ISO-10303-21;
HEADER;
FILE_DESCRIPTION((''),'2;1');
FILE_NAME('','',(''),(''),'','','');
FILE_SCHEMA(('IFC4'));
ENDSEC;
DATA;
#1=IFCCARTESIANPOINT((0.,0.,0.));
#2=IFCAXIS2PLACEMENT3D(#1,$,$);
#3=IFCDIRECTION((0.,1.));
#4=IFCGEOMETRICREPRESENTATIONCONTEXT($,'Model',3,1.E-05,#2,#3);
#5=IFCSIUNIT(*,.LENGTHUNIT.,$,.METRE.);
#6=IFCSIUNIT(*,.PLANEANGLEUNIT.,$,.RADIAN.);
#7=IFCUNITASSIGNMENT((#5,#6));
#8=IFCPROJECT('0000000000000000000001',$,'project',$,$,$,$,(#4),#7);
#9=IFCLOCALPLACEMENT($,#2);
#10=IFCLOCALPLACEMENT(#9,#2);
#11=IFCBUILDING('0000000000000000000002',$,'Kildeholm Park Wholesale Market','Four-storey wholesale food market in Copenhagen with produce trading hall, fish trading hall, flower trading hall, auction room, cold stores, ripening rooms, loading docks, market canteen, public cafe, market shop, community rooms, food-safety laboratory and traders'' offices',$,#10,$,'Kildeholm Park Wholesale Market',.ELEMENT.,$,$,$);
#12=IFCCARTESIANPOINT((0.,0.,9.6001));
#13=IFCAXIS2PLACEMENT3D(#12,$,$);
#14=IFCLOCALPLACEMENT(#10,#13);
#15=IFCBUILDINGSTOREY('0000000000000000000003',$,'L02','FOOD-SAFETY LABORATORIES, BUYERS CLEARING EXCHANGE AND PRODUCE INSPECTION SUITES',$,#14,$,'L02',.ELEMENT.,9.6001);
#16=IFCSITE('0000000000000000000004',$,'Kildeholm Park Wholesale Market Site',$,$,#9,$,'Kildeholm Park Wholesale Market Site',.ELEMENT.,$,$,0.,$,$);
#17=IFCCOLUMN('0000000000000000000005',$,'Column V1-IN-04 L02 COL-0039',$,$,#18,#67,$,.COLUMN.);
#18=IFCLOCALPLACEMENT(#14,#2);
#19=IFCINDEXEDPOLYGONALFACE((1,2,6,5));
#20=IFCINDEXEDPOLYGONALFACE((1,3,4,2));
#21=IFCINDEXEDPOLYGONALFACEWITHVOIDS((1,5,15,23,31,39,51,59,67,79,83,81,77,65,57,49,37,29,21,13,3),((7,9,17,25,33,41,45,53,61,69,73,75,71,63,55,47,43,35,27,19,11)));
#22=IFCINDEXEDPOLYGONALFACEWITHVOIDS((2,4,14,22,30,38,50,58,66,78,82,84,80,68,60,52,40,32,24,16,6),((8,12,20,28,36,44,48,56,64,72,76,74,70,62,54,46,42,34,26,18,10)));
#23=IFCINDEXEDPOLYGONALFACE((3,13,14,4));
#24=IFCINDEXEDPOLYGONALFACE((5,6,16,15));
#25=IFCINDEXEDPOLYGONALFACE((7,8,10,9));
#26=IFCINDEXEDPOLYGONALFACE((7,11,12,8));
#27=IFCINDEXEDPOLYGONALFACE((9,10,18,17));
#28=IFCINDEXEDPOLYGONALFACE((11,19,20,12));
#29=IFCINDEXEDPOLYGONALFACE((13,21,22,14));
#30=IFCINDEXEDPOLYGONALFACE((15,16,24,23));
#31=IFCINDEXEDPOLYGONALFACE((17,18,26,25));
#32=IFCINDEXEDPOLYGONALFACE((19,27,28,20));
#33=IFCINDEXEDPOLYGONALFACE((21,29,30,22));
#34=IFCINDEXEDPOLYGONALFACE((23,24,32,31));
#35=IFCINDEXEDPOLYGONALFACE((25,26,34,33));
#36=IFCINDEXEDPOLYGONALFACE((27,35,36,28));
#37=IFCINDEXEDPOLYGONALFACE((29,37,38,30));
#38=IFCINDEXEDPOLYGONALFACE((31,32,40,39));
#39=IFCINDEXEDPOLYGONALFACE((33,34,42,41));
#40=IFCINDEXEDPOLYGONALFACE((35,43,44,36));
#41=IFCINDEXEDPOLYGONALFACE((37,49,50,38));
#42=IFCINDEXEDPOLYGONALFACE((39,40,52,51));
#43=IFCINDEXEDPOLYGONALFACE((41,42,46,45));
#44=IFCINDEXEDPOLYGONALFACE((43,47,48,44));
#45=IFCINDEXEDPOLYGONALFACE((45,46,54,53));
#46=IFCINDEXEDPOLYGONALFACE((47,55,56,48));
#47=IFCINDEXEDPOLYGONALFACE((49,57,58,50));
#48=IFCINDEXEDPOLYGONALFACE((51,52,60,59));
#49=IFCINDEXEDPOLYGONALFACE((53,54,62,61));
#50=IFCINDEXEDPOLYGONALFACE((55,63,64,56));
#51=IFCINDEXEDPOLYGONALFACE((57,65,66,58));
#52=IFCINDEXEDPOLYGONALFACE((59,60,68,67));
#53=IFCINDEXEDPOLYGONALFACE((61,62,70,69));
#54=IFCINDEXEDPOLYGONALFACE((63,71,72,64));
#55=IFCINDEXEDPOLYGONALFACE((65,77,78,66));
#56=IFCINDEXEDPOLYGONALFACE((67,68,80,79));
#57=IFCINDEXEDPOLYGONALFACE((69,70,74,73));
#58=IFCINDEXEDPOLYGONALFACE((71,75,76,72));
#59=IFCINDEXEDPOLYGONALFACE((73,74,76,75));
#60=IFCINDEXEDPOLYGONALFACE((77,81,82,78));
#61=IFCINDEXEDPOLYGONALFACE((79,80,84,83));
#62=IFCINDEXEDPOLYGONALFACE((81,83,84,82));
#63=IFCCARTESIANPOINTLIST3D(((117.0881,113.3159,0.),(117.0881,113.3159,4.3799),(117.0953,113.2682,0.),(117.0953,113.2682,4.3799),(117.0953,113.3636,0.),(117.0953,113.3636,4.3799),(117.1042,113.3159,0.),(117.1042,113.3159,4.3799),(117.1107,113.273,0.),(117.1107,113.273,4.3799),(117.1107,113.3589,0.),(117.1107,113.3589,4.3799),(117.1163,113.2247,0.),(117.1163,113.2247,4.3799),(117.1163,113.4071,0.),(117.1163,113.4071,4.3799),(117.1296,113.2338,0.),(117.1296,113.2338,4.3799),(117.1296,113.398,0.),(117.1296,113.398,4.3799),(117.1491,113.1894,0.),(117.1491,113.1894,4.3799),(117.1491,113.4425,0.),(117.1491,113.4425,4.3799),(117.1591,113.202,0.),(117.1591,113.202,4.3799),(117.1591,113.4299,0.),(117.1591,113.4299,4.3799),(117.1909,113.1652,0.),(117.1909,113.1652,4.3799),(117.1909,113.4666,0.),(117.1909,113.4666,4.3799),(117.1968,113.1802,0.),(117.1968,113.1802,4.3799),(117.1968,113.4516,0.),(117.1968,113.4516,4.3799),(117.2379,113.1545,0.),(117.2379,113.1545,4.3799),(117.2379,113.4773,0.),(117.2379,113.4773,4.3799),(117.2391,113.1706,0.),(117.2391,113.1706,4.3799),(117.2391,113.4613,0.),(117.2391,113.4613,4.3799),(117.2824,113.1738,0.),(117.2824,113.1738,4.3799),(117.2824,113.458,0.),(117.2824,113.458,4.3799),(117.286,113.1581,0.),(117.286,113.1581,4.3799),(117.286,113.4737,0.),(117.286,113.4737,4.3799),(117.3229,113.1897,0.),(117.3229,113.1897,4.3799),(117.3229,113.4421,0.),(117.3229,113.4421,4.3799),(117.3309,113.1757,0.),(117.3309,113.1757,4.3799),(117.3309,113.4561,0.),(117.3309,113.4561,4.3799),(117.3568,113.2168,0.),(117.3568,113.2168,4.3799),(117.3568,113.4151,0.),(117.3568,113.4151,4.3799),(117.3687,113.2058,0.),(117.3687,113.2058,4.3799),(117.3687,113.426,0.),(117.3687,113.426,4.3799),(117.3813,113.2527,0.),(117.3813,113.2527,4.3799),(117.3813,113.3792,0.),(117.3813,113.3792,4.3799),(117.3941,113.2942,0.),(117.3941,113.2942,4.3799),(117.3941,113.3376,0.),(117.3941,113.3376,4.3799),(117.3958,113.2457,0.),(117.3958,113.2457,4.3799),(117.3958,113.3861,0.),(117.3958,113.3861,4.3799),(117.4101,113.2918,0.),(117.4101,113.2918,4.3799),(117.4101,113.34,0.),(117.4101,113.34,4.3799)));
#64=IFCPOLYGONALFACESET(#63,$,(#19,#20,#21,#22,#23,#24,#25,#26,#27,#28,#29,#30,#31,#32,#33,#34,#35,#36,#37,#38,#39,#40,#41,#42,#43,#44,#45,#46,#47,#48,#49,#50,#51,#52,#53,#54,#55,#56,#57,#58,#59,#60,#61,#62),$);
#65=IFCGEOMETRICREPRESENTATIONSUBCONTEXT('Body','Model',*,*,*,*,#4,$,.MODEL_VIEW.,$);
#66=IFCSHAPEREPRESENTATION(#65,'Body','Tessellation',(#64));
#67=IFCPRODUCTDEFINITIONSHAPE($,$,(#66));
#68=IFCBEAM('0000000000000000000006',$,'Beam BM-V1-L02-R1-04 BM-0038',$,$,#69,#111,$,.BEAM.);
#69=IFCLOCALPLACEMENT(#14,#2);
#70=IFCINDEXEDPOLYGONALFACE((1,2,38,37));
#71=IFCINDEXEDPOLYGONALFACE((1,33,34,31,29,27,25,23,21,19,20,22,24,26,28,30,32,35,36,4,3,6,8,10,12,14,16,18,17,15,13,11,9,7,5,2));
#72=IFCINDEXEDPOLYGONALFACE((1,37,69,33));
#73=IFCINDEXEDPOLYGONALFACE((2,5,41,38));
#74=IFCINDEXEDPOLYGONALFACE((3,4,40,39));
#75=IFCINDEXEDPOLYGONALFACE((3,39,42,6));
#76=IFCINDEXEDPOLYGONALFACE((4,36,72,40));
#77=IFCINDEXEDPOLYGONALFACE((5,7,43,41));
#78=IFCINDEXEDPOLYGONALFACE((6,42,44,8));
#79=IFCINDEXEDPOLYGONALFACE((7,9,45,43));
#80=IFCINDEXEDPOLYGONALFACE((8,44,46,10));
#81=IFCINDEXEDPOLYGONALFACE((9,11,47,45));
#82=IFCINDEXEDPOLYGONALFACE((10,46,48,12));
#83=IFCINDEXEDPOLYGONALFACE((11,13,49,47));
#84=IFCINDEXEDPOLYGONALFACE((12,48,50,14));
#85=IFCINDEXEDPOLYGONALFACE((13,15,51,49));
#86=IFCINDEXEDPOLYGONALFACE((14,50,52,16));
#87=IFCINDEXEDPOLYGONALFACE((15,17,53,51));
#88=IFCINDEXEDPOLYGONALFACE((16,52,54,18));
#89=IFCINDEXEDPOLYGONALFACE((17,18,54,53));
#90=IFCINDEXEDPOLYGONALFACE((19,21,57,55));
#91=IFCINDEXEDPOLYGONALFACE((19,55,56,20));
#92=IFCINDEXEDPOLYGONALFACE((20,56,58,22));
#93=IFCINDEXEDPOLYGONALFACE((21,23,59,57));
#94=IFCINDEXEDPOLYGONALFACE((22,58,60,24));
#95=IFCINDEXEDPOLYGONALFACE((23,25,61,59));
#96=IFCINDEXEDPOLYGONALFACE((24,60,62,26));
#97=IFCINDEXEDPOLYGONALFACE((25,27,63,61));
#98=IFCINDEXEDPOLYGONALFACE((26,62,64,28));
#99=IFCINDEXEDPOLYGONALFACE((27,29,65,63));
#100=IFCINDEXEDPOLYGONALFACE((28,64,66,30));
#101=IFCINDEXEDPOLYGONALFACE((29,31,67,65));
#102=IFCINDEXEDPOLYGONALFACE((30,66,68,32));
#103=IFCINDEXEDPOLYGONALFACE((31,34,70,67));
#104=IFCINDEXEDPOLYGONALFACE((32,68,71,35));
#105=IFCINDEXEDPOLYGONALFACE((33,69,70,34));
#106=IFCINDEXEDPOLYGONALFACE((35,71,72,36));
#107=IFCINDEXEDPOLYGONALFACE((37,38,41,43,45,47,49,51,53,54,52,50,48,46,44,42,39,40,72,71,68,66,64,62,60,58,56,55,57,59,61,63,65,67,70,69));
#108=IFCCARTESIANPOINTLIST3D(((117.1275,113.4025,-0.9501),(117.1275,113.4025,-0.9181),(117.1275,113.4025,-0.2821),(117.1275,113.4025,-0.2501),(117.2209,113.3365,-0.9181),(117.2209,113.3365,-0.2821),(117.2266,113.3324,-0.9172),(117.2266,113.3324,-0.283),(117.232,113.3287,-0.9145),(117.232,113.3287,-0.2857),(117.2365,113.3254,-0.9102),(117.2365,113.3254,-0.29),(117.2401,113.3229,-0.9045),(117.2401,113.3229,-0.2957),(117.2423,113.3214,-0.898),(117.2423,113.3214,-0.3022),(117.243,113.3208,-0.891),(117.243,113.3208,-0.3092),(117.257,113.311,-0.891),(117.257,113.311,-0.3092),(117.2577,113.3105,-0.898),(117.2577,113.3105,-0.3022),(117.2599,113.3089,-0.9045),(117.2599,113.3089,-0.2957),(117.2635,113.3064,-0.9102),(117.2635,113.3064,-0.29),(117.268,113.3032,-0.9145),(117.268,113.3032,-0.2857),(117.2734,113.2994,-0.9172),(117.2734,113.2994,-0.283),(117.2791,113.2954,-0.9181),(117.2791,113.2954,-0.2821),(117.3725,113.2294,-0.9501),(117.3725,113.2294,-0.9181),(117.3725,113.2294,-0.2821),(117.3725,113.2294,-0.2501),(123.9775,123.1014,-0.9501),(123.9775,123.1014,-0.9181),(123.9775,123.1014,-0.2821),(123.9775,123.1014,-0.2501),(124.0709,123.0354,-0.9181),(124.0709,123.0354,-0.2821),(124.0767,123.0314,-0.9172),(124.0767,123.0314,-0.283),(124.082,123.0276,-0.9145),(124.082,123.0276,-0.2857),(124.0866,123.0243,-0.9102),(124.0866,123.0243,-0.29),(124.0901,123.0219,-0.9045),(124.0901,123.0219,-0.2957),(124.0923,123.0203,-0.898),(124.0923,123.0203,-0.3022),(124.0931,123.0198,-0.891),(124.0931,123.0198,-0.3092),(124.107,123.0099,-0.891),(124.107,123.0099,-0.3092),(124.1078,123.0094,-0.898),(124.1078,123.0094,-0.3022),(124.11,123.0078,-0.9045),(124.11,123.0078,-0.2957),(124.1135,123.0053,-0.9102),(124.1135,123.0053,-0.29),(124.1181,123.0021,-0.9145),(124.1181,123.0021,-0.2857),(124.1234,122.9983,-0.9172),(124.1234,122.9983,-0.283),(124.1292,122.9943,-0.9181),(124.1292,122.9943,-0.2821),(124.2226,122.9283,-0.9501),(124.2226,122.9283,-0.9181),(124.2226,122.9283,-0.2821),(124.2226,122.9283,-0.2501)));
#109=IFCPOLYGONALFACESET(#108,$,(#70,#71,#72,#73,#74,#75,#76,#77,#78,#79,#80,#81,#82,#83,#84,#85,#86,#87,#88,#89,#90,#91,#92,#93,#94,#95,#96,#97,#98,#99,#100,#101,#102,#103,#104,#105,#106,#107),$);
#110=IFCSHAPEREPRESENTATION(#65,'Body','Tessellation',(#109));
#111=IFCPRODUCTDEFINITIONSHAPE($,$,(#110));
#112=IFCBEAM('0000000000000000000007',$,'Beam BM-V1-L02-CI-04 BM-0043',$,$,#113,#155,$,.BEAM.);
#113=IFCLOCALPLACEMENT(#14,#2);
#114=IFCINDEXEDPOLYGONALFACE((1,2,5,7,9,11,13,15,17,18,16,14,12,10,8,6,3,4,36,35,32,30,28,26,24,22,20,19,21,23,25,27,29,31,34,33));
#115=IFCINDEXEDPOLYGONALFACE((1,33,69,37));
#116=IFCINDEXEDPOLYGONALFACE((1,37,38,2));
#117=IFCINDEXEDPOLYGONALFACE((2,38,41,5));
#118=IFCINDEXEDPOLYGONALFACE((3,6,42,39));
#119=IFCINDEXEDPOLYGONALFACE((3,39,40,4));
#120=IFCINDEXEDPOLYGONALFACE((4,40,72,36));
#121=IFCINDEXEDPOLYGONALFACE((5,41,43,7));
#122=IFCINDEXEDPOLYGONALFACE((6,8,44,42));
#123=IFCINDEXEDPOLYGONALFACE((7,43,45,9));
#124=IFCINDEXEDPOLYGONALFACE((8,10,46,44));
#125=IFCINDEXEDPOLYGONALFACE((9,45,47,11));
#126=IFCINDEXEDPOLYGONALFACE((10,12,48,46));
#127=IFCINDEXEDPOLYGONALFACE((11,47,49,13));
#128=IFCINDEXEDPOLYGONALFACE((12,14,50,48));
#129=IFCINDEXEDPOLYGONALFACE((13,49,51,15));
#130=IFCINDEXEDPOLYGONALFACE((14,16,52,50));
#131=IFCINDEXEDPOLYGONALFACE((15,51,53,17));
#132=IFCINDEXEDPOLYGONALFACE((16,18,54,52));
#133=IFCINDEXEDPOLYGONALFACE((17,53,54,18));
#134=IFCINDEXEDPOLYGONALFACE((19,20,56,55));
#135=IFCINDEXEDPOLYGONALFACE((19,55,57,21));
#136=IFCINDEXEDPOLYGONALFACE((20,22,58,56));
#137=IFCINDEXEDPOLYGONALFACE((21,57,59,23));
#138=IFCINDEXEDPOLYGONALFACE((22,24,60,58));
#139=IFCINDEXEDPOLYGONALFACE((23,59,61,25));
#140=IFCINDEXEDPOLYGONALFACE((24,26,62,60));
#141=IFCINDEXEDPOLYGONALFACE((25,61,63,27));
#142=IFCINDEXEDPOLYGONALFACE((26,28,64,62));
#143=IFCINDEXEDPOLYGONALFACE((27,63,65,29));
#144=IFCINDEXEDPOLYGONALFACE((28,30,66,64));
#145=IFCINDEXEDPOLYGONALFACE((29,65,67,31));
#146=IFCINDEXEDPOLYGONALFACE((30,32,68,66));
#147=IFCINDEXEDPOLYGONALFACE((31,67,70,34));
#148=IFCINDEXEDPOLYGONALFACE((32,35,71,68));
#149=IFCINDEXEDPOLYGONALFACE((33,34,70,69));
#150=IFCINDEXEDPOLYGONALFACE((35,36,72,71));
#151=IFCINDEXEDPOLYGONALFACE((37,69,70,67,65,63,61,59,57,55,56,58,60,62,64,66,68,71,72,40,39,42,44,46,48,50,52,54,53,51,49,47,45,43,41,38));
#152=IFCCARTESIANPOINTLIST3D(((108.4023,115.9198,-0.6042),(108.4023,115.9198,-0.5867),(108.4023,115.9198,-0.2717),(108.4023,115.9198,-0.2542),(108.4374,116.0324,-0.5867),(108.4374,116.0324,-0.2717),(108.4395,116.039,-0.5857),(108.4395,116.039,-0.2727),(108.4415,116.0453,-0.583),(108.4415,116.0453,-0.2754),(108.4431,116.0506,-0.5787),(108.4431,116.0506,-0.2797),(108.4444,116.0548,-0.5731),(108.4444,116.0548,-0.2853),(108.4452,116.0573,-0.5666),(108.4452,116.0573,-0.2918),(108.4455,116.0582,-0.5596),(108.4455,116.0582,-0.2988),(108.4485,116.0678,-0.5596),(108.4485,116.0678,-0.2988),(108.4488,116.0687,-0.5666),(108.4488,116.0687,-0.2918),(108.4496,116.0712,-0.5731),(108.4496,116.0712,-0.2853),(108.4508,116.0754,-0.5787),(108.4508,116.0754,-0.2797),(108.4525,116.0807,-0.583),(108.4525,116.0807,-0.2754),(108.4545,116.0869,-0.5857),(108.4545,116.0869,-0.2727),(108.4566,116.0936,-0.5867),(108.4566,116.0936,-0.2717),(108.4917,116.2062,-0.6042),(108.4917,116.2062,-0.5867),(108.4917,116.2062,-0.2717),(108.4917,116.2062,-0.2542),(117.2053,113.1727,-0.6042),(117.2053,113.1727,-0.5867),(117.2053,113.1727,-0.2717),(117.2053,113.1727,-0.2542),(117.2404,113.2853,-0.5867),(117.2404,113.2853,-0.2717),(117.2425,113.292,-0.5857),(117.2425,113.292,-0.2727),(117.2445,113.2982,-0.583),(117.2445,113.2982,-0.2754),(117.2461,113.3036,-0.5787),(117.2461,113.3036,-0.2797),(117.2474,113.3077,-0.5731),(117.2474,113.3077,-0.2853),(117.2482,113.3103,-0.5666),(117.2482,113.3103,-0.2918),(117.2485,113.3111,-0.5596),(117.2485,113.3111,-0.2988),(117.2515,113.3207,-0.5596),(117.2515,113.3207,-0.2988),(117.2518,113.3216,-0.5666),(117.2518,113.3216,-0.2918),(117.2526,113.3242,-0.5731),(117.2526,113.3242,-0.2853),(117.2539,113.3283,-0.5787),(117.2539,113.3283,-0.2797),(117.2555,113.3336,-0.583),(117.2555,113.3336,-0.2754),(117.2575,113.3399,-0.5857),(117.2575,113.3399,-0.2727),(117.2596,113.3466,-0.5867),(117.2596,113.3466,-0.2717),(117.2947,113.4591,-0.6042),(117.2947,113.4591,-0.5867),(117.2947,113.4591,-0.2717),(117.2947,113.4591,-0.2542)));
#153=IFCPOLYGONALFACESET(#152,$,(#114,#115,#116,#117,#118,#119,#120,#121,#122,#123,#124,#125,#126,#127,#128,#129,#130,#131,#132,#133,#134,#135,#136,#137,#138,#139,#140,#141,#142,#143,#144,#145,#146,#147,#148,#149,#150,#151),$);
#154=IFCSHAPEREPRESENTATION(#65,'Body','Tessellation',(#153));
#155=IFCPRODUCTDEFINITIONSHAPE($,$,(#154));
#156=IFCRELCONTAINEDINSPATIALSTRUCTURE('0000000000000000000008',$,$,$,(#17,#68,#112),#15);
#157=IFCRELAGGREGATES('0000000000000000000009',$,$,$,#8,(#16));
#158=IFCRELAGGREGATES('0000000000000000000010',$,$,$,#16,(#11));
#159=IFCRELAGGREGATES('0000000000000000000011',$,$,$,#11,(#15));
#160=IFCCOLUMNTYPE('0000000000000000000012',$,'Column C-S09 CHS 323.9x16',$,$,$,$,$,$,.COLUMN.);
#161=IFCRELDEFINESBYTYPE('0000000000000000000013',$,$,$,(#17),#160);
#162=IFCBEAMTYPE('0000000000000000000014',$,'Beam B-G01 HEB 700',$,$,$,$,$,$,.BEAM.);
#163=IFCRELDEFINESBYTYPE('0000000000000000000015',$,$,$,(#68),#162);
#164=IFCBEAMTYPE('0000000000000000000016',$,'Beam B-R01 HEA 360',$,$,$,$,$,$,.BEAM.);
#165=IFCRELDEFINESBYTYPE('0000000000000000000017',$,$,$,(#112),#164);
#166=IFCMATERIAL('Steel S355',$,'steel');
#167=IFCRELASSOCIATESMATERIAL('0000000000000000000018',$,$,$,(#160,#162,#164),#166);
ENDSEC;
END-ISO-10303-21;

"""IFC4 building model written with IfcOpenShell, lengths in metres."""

from ifc_helpers import new_model, si_unit, direction, frame, origin, origin_2d, place, context, subcontext, project, spatial, hollow_circle, i_section, extrude, material, material_profile, profile_set, type_object, element, save


model = new_model("IFC4")

# Units and contexts
model_context = context("Model", 3, precision=1e-05, world=origin(), true_north=direction((0.0, 1.0)))
body_context = subcontext(model_context, "Body", "Model", "MODEL_VIEW")
ifc_project = project(units=[si_unit("LENGTHUNIT", "METRE"), si_unit("PLANEANGLEUNIT", "RADIAN")], contexts=[model_context])

# Site, building, storey
site_placement = place(None, origin())
site = spatial("IfcSite", under=ifc_project, at=site_placement, Name="Kildeholm Park Wholesale Market Site", LongName="Kildeholm Park Wholesale Market Site", CompositionType="ELEMENT", RefElevation=0.0)
building_placement = place(site_placement, origin())
building = spatial("IfcBuilding", under=site, at=building_placement, Name="Kildeholm Park Wholesale Market", Description="Four-storey wholesale food market in Copenhagen with produce trading hall, fish trading hall, flower trading hall, auction room, cold stores, ripening rooms, loading docks, market canteen, public cafe, market shop, community rooms, food-safety laboratory and traders' offices", LongName="Kildeholm Park Wholesale Market", CompositionType="ELEMENT")
storey_placement = place(building_placement, frame((0.0, 0.0, 9.6001)))
storey = spatial("IfcBuildingStorey", under=building, at=storey_placement, Name="L02", Description="FOOD-SAFETY LABORATORIES, BUYERS CLEARING EXCHANGE AND PRODUCE INSPECTION SUITES", LongName="L02", CompositionType="ELEMENT", Elevation=9.6001)

# Column
ifc_material_1 = material(Name="Steel S355", Category="steel")
ifc_material_profile_1 = material_profile(ifc_material_1, hollow_circle(Radius=0.1619, WallThickness=0.0161, at=origin_2d()), Name="CHS 323.9x16")
ifc_profile_set_1 = profile_set([ifc_material_profile_1], Name="Steel S355")
column_type = type_object("IfcColumnType", Name="Column C-S09 CHS 323.9x16", PredefinedType="COLUMN", material=ifc_profile_set_1)
column_placement = place(storey_placement, frame((117.25, 113.3159, 0.0), z_axis=(0.0, 0.0, 1.0), x_axis=(0.5, 0.866025, 0.0)))
element("IfcColumn", 1, at=column_placement, inside=storey, type_object=column_type, Name="Column V1-IN-04 L02 COL-0039", PredefinedType="COLUMN", context=body_context, shape_type="SweptSolid", body=[
    extrude(hollow_circle(Radius=0.1619, WallThickness=0.0161, at=origin_2d()), origin(), (0.0, 0.0, 1.0), 4.3799),
])

# Beams
ifc_material_profile_2 = material_profile(ifc_material_1, i_section(OverallWidth=0.3, OverallDepth=0.7, WebThickness=0.0171, FlangeThickness=0.032, FilletRadius=0.0271, at=origin_2d()), Name="HEB 700")
ifc_profile_set_2 = profile_set([ifc_material_profile_2], Name="Steel S355")
beam_type_1 = type_object("IfcBeamType", Name="Beam B-G01 HEB 700", PredefinedType="BEAM", material=ifc_profile_set_2)
beam_1_placement = place(storey_placement, frame((117.25, 113.3159, -0.6001), z_axis=(0.576895, 0.816819, 0.0), x_axis=(-0.816819, 0.576895, 0.0)))
element("IfcBeam", 2, at=beam_1_placement, inside=storey, type_object=beam_type_1, Name="Beam BM-V1-L02-R1-04 BM-0038", PredefinedType="BEAM", context=body_context, shape_type="SweptSolid", body=[
    extrude(i_section(OverallWidth=0.3, OverallDepth=0.7, WebThickness=0.0171, FlangeThickness=0.032, FilletRadius=0.0271, at=origin_2d()), origin(), (0.0, 0.0, 1.0), 11.874),
])
ifc_material_profile_3 = material_profile(ifc_material_1, i_section(OverallWidth=0.3, OverallDepth=0.3501, WebThickness=0.01, FlangeThickness=0.0176, FilletRadius=0.0271, at=origin_2d()), Name="HEA 360")
ifc_profile_set_3 = profile_set([ifc_material_profile_3], Name="Steel S355")
beam_type_2 = type_object("IfcBeamType", Name="Beam B-R01 HEA 360", PredefinedType="BEAM", material=ifc_profile_set_3)
beam_2_placement = place(storey_placement, frame((117.25, 113.3159, -0.4292), z_axis=(-0.954599, 0.297894, 0.0), x_axis=(-0.297894, -0.954599, 0.0)))
element("IfcBeam", 3, at=beam_2_placement, inside=storey, type_object=beam_type_2, Name="Beam BM-V1-L02-CI-04 BM-0043", PredefinedType="BEAM", context=body_context, shape_type="SweptSolid", body=[
    extrude(i_section(OverallWidth=0.3, OverallDepth=0.3501, WebThickness=0.01, FlangeThickness=0.0176, FilletRadius=0.0271, at=origin_2d()), origin(), (0.0, 0.0, 1.0), 9.2217),
])

save(model, "model.ifc")
